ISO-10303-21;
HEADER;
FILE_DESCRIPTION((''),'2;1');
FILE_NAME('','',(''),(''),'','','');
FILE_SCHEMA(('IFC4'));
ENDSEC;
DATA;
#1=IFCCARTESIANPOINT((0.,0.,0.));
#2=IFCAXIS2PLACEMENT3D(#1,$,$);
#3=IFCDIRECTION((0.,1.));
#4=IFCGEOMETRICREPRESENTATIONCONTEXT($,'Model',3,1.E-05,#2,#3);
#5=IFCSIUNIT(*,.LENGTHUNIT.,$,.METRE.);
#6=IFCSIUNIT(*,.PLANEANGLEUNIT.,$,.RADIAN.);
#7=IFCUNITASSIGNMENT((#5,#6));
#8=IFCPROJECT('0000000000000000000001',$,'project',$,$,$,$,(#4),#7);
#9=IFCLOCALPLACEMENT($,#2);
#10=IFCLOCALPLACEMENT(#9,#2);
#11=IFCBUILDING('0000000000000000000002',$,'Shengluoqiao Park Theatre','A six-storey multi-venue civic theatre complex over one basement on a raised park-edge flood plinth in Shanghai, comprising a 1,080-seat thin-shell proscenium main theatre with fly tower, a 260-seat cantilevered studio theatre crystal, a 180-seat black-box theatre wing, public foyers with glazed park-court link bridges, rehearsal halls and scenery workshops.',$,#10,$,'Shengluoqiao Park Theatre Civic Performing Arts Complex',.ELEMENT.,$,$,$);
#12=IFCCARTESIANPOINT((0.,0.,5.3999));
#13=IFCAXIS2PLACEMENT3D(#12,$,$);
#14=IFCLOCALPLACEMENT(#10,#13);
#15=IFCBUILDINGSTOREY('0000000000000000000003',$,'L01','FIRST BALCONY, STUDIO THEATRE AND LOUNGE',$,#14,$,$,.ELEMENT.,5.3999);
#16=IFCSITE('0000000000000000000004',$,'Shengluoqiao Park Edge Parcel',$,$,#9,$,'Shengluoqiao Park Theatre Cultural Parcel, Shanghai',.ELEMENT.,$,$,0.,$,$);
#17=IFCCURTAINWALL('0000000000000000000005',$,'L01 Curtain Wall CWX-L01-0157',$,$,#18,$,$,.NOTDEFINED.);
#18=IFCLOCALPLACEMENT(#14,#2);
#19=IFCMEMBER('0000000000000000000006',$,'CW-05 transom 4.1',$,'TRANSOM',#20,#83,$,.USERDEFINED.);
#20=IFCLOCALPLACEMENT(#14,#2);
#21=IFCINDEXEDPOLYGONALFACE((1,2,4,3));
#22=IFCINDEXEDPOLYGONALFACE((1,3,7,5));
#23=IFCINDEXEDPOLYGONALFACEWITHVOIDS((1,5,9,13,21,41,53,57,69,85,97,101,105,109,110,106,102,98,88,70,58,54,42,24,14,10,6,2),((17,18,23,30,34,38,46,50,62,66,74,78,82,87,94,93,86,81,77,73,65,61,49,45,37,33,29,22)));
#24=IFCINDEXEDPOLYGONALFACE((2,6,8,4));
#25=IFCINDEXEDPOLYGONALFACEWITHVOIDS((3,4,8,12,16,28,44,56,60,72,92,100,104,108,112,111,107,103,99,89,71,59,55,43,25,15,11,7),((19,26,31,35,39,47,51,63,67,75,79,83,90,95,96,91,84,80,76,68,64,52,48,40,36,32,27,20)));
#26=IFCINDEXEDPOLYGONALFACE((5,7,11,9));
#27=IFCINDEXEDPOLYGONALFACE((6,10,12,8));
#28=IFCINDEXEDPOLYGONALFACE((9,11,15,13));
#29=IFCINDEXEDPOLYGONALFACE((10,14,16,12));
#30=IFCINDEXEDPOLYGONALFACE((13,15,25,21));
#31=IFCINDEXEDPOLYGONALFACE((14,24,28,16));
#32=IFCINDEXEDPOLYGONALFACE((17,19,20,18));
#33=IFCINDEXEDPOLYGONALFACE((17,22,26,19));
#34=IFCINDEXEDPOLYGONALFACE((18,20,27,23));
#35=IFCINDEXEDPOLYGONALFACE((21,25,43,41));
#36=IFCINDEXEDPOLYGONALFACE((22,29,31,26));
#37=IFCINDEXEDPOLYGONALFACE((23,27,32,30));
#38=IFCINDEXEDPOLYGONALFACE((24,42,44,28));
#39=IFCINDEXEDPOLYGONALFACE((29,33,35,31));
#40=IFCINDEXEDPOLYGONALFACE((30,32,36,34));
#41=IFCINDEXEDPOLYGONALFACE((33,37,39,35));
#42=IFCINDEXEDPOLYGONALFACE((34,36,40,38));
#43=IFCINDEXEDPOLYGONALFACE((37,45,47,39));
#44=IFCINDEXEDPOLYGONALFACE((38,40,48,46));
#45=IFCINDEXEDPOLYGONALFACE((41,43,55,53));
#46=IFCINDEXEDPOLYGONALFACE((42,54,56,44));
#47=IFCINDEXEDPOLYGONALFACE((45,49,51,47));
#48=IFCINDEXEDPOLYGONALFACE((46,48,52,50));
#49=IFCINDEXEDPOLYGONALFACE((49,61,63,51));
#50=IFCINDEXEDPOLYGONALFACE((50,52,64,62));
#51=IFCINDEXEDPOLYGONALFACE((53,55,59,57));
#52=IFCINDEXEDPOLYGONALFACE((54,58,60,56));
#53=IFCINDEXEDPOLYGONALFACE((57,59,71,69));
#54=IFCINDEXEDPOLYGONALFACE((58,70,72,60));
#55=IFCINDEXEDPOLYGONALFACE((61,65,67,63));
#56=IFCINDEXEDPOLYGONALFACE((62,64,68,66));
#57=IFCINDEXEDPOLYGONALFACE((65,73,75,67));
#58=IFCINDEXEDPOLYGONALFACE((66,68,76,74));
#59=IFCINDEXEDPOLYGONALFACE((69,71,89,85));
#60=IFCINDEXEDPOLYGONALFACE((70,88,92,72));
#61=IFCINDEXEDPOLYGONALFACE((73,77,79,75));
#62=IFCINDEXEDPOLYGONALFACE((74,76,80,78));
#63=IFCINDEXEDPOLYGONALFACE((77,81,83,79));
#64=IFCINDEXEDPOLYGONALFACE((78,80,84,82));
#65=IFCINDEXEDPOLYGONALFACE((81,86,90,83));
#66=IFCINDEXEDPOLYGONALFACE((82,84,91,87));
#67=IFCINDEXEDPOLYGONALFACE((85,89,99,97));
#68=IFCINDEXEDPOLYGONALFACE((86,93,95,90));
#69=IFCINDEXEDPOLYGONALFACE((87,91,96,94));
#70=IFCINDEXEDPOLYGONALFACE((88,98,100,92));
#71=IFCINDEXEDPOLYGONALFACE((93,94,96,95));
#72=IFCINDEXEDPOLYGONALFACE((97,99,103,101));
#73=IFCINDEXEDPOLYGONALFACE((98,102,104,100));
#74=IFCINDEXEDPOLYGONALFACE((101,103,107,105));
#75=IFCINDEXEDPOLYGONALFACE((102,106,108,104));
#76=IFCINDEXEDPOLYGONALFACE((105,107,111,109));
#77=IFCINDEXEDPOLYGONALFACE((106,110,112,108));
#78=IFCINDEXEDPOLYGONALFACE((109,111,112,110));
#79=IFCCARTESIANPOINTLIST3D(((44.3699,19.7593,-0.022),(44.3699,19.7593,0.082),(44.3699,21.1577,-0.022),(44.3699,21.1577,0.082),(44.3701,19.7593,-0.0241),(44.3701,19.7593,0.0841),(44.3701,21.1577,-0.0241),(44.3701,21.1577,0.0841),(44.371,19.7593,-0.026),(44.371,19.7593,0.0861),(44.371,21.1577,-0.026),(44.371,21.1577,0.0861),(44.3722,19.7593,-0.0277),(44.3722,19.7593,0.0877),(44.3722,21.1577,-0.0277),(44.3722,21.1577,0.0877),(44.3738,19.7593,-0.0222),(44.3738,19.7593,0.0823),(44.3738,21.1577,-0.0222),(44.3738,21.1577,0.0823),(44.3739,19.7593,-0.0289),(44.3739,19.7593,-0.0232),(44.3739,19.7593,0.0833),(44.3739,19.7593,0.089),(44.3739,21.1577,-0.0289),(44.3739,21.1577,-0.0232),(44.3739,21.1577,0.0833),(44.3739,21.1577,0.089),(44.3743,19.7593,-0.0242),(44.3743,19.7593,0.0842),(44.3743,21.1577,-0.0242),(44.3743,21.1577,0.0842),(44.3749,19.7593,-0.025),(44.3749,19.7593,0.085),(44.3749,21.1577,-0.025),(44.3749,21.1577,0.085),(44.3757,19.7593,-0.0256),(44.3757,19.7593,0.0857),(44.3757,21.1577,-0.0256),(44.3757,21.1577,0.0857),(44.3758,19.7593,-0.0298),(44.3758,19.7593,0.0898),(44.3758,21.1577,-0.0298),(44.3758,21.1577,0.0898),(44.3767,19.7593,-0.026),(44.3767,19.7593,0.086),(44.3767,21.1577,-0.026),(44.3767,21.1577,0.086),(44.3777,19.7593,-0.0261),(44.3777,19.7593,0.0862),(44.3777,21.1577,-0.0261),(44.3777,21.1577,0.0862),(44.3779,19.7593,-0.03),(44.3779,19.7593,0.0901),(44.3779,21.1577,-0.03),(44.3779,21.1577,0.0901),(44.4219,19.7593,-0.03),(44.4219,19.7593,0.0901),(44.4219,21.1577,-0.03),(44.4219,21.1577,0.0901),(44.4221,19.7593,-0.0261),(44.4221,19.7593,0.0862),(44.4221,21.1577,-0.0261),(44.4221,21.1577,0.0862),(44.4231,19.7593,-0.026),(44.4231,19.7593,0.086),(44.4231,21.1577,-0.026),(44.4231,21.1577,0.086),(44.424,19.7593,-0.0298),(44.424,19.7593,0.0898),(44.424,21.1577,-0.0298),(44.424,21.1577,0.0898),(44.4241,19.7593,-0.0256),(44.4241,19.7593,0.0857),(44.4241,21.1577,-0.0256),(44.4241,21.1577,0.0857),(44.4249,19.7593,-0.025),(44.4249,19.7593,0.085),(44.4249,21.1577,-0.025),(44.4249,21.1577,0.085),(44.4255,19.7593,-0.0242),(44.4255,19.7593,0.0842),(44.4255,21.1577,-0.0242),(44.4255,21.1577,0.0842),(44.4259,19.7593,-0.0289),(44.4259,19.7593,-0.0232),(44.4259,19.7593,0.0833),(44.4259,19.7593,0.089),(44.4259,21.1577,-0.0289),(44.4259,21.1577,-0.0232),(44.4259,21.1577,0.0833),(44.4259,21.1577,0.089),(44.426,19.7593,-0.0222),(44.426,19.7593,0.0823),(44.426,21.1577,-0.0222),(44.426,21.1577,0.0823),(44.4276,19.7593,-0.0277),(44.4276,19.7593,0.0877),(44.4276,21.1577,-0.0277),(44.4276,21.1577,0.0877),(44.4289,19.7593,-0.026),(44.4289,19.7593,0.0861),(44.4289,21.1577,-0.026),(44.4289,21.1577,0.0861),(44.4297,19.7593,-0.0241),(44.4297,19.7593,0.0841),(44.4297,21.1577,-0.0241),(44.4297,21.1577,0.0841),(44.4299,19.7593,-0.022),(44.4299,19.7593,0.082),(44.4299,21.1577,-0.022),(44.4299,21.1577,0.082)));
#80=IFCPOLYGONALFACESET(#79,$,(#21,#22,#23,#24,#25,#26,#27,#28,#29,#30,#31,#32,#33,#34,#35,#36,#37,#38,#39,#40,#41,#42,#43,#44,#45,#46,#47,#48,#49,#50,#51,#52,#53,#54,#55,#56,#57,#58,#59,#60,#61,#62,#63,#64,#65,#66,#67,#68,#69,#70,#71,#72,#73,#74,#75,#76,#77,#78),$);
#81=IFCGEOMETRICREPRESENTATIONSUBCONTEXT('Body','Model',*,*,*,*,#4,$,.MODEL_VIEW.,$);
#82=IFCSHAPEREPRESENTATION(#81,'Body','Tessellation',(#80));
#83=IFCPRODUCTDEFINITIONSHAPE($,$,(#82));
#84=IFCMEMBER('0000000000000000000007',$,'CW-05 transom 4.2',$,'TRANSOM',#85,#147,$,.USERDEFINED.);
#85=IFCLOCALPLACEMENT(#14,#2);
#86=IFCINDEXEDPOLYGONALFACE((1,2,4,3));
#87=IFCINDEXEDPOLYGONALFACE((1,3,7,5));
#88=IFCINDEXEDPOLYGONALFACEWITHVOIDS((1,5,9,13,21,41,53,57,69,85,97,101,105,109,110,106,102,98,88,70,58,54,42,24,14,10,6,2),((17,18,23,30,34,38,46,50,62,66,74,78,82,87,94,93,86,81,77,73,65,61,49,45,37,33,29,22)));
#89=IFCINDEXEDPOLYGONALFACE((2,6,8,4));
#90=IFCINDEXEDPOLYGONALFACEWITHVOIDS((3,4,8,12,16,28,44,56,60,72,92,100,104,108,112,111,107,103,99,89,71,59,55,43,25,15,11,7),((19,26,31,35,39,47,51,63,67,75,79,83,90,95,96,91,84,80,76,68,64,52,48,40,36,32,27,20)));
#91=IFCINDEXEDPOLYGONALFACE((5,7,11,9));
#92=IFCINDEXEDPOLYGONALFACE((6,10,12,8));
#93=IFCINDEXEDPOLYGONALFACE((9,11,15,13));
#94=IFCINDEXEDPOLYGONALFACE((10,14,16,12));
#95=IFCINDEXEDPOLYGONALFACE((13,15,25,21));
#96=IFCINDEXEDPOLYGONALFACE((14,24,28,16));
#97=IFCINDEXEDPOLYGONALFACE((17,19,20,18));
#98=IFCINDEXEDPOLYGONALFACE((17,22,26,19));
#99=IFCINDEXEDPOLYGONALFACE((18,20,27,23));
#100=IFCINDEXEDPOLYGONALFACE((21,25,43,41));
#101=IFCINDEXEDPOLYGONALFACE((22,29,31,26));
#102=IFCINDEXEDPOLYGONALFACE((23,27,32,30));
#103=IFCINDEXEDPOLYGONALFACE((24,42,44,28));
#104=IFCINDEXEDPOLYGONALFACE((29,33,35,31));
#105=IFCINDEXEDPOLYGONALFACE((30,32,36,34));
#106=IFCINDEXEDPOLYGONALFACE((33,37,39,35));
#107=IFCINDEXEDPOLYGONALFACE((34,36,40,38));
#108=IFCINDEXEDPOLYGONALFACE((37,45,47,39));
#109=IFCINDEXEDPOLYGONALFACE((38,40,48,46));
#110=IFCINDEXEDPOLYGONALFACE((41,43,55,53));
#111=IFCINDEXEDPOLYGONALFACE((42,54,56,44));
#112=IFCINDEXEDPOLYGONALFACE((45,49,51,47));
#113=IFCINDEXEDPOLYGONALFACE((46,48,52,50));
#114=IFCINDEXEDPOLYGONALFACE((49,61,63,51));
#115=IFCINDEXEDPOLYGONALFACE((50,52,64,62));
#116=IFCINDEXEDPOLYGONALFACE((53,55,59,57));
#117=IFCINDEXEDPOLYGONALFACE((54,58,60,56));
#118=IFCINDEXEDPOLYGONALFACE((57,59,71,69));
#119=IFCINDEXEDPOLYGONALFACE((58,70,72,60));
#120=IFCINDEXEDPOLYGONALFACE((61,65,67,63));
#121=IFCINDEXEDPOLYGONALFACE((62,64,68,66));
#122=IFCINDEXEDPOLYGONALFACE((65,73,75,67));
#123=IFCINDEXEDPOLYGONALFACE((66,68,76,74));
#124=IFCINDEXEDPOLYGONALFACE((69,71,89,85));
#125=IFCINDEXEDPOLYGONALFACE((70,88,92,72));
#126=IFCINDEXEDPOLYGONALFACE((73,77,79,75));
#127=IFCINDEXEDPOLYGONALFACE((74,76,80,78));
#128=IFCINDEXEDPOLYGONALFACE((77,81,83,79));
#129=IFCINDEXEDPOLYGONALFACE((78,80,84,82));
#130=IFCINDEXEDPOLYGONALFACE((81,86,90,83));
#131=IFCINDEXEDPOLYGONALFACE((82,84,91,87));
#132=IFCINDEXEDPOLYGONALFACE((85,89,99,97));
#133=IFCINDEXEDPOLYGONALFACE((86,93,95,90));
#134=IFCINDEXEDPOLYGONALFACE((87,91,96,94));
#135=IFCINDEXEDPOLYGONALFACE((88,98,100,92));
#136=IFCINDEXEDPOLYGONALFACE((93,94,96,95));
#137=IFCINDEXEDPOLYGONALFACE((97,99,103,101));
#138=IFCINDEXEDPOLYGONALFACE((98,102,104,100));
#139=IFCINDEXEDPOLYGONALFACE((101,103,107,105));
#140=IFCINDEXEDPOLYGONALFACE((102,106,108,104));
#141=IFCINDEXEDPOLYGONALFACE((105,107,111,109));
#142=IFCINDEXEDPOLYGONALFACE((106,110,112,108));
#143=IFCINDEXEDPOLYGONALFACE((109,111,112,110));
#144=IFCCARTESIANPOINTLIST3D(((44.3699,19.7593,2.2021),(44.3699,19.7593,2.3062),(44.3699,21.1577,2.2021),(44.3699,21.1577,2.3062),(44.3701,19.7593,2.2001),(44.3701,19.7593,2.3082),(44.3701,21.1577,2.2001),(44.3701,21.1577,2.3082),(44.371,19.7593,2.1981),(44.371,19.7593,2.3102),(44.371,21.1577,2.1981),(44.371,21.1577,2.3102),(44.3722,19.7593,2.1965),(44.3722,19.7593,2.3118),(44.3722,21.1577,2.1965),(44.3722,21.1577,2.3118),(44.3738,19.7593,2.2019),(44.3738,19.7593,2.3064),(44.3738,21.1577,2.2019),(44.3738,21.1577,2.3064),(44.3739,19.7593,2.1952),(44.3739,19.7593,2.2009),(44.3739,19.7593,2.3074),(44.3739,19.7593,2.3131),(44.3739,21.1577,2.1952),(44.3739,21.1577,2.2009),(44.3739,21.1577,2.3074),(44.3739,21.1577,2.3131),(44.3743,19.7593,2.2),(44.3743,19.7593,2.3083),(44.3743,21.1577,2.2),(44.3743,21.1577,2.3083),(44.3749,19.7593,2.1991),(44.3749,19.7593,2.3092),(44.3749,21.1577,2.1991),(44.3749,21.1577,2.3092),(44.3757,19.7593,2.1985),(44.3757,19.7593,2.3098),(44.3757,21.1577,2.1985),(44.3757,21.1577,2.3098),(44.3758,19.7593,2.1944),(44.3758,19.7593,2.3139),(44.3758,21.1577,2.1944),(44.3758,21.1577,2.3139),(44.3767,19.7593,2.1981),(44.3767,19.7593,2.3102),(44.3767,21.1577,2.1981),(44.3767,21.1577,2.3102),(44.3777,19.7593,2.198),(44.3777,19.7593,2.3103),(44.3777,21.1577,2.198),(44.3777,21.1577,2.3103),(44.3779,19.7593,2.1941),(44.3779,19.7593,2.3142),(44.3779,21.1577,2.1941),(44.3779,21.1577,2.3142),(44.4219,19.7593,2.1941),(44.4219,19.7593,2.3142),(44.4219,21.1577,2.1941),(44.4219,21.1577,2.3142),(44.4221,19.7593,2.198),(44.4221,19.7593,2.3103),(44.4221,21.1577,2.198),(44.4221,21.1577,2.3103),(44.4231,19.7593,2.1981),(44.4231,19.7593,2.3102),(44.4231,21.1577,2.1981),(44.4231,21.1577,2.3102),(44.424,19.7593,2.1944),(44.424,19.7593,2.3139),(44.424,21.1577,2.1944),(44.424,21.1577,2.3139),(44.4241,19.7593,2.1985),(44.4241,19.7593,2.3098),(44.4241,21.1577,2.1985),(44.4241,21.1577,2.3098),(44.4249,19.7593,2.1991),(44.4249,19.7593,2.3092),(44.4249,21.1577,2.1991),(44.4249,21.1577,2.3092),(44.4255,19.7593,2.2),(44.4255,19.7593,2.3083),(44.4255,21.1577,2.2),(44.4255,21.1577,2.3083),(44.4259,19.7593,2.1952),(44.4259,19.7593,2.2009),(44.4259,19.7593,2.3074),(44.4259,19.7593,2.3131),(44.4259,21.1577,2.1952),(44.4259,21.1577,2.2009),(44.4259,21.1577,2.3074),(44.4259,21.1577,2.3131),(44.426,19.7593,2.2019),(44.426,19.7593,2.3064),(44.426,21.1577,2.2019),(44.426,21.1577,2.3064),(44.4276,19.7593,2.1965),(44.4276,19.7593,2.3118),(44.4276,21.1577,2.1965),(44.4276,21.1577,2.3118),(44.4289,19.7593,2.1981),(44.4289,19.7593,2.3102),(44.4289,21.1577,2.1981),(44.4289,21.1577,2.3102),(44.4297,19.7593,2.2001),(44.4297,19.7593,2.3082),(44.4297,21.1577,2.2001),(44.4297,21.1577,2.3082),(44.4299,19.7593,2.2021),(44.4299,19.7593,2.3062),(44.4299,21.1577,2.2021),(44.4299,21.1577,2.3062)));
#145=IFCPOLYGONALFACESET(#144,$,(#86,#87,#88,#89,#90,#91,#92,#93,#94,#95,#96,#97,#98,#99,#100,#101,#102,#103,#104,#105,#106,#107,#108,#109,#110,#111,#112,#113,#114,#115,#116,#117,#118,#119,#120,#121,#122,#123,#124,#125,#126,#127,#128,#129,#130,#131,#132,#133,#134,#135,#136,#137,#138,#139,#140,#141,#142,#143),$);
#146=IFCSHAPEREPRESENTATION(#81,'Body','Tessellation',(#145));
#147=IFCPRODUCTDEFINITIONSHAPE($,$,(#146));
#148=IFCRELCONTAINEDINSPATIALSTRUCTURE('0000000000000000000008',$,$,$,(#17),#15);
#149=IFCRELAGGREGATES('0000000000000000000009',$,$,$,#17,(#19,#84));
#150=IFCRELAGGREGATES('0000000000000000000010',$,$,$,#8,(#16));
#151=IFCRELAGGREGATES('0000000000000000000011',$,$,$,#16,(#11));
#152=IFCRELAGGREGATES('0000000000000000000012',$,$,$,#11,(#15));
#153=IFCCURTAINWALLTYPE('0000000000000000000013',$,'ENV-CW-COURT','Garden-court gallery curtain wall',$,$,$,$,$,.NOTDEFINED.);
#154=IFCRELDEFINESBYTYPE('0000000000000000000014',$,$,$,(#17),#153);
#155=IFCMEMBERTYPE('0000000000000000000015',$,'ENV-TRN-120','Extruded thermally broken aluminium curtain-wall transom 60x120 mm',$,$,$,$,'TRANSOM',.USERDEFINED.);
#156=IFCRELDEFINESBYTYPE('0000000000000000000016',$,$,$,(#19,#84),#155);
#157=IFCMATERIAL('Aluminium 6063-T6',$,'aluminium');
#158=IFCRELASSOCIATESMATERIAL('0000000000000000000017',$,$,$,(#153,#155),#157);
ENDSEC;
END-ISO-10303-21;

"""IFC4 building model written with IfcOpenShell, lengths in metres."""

from ifc_helpers import new_model, si_unit, direction, frame, origin, origin_2d, place, context, subcontext, project, spatial, hollow_rectangle, extrude, material, material_profile, profile_set, type_object, element, aggregate, save


model = new_model("IFC4")

# Units and contexts
model_context = context("Model", 3, precision=1e-05, world=origin(), true_north=direction((0.0, 1.0)))
body_context = subcontext(model_context, "Body", "Model", "MODEL_VIEW")
ifc_project = project(units=[si_unit("LENGTHUNIT", "METRE"), si_unit("PLANEANGLEUNIT", "RADIAN")], contexts=[model_context])

# Site, building, storey
site_placement = place(None, origin())
site = spatial("IfcSite", under=ifc_project, at=site_placement, Name="Shengluoqiao Park Edge Parcel", LongName="Shengluoqiao Park Theatre Cultural Parcel, Shanghai", CompositionType="ELEMENT", RefElevation=0.0)
building_placement = place(site_placement, origin())
building = spatial("IfcBuilding", under=site, at=building_placement, Name="Shengluoqiao Park Theatre", Description="A six-storey multi-venue civic theatre complex over one basement on a raised park-edge flood plinth in Shanghai, comprising a 1,080-seat thin-shell proscenium main theatre with fly tower, a 260-seat cantilevered studio theatre crystal, a 180-seat black-box theatre wing, public foyers with glazed park-court link bridges, rehearsal halls and scenery workshops.", LongName="Shengluoqiao Park Theatre Civic Performing Arts Complex", CompositionType="ELEMENT")
storey_placement = place(building_placement, frame((0.0, 0.0, 5.3999)))
storey = spatial("IfcBuildingStorey", under=building, at=storey_placement, Name="L01", Description="FIRST BALCONY, STUDIO THEATRE AND LOUNGE", CompositionType="ELEMENT", Elevation=5.3999)

# Curtain wall, members
ifc_material_1 = material(Name="Aluminium 6063-T6", Category="aluminium")
curtain_wall_type = type_object("IfcCurtainWallType", Name="ENV-CW-COURT", Description="Garden-court gallery curtain wall", PredefinedType="NOTDEFINED", material=ifc_material_1)
curtain_wall_placement = place(storey_placement, origin())
curtain_wall = element("IfcCurtainWall", 1, at=curtain_wall_placement, inside=storey, type_object=curtain_wall_type, Name="L01 Curtain Wall CWX-L01-0157", PredefinedType="NOTDEFINED")
ifc_material_profile_1 = material_profile(ifc_material_1, hollow_rectangle(XDim=0.0601, YDim=0.1201, WallThickness=0.0039, InnerFilletRadius=0.0039, OuterFilletRadius=0.0081, at=origin_2d()), Name="ALU TRANSOM 120x60x4")
ifc_profile_set_1 = profile_set([ifc_material_profile_1], Name="Aluminium 6063-T6")
member_type_1 = type_object("IfcMemberType", Name="ENV-TRN-120", Description="Extruded thermally broken aluminium curtain-wall transom 60x120 mm", ElementType="TRANSOM", PredefinedType="USERDEFINED", material=ifc_profile_set_1)
member_1_placement = place(storey_placement, frame((44.3999, 19.7593, 0.03), z_axis=(0.0, 1.0, 0.0), x_axis=(-1.0, 0.0, 0.0)))
member_1 = element("IfcMember", 2, at=member_1_placement, type_object=member_type_1, Name="CW-05 transom 4.1", ObjectType="TRANSOM", PredefinedType="USERDEFINED", context=body_context, shape_type="SweptSolid", body=[
    extrude(hollow_rectangle(XDim=0.0601, YDim=0.1201, WallThickness=0.0039, InnerFilletRadius=0.0039, OuterFilletRadius=0.0081, at=origin_2d()), origin(), (0.0, 0.0, 1.0), 1.3984),
])
member_2_placement = place(storey_placement, frame((44.3999, 19.7593, 2.2542), z_axis=(0.0, 1.0, 0.0), x_axis=(-1.0, 0.0, 0.0)))
member_2 = element("IfcMember", 3, at=member_2_placement, type_object=member_type_1, Name="CW-05 transom 4.2", ObjectType="TRANSOM", PredefinedType="USERDEFINED", context=body_context, shape_type="SweptSolid", body=[
    extrude(hollow_rectangle(XDim=0.0601, YDim=0.1201, WallThickness=0.0039, InnerFilletRadius=0.0039, OuterFilletRadius=0.0081, at=origin_2d()), origin(), (0.0, 0.0, 1.0), 1.3984),
])
aggregate(curtain_wall, [member_1, member_2])

save(model, "model.ifc")
